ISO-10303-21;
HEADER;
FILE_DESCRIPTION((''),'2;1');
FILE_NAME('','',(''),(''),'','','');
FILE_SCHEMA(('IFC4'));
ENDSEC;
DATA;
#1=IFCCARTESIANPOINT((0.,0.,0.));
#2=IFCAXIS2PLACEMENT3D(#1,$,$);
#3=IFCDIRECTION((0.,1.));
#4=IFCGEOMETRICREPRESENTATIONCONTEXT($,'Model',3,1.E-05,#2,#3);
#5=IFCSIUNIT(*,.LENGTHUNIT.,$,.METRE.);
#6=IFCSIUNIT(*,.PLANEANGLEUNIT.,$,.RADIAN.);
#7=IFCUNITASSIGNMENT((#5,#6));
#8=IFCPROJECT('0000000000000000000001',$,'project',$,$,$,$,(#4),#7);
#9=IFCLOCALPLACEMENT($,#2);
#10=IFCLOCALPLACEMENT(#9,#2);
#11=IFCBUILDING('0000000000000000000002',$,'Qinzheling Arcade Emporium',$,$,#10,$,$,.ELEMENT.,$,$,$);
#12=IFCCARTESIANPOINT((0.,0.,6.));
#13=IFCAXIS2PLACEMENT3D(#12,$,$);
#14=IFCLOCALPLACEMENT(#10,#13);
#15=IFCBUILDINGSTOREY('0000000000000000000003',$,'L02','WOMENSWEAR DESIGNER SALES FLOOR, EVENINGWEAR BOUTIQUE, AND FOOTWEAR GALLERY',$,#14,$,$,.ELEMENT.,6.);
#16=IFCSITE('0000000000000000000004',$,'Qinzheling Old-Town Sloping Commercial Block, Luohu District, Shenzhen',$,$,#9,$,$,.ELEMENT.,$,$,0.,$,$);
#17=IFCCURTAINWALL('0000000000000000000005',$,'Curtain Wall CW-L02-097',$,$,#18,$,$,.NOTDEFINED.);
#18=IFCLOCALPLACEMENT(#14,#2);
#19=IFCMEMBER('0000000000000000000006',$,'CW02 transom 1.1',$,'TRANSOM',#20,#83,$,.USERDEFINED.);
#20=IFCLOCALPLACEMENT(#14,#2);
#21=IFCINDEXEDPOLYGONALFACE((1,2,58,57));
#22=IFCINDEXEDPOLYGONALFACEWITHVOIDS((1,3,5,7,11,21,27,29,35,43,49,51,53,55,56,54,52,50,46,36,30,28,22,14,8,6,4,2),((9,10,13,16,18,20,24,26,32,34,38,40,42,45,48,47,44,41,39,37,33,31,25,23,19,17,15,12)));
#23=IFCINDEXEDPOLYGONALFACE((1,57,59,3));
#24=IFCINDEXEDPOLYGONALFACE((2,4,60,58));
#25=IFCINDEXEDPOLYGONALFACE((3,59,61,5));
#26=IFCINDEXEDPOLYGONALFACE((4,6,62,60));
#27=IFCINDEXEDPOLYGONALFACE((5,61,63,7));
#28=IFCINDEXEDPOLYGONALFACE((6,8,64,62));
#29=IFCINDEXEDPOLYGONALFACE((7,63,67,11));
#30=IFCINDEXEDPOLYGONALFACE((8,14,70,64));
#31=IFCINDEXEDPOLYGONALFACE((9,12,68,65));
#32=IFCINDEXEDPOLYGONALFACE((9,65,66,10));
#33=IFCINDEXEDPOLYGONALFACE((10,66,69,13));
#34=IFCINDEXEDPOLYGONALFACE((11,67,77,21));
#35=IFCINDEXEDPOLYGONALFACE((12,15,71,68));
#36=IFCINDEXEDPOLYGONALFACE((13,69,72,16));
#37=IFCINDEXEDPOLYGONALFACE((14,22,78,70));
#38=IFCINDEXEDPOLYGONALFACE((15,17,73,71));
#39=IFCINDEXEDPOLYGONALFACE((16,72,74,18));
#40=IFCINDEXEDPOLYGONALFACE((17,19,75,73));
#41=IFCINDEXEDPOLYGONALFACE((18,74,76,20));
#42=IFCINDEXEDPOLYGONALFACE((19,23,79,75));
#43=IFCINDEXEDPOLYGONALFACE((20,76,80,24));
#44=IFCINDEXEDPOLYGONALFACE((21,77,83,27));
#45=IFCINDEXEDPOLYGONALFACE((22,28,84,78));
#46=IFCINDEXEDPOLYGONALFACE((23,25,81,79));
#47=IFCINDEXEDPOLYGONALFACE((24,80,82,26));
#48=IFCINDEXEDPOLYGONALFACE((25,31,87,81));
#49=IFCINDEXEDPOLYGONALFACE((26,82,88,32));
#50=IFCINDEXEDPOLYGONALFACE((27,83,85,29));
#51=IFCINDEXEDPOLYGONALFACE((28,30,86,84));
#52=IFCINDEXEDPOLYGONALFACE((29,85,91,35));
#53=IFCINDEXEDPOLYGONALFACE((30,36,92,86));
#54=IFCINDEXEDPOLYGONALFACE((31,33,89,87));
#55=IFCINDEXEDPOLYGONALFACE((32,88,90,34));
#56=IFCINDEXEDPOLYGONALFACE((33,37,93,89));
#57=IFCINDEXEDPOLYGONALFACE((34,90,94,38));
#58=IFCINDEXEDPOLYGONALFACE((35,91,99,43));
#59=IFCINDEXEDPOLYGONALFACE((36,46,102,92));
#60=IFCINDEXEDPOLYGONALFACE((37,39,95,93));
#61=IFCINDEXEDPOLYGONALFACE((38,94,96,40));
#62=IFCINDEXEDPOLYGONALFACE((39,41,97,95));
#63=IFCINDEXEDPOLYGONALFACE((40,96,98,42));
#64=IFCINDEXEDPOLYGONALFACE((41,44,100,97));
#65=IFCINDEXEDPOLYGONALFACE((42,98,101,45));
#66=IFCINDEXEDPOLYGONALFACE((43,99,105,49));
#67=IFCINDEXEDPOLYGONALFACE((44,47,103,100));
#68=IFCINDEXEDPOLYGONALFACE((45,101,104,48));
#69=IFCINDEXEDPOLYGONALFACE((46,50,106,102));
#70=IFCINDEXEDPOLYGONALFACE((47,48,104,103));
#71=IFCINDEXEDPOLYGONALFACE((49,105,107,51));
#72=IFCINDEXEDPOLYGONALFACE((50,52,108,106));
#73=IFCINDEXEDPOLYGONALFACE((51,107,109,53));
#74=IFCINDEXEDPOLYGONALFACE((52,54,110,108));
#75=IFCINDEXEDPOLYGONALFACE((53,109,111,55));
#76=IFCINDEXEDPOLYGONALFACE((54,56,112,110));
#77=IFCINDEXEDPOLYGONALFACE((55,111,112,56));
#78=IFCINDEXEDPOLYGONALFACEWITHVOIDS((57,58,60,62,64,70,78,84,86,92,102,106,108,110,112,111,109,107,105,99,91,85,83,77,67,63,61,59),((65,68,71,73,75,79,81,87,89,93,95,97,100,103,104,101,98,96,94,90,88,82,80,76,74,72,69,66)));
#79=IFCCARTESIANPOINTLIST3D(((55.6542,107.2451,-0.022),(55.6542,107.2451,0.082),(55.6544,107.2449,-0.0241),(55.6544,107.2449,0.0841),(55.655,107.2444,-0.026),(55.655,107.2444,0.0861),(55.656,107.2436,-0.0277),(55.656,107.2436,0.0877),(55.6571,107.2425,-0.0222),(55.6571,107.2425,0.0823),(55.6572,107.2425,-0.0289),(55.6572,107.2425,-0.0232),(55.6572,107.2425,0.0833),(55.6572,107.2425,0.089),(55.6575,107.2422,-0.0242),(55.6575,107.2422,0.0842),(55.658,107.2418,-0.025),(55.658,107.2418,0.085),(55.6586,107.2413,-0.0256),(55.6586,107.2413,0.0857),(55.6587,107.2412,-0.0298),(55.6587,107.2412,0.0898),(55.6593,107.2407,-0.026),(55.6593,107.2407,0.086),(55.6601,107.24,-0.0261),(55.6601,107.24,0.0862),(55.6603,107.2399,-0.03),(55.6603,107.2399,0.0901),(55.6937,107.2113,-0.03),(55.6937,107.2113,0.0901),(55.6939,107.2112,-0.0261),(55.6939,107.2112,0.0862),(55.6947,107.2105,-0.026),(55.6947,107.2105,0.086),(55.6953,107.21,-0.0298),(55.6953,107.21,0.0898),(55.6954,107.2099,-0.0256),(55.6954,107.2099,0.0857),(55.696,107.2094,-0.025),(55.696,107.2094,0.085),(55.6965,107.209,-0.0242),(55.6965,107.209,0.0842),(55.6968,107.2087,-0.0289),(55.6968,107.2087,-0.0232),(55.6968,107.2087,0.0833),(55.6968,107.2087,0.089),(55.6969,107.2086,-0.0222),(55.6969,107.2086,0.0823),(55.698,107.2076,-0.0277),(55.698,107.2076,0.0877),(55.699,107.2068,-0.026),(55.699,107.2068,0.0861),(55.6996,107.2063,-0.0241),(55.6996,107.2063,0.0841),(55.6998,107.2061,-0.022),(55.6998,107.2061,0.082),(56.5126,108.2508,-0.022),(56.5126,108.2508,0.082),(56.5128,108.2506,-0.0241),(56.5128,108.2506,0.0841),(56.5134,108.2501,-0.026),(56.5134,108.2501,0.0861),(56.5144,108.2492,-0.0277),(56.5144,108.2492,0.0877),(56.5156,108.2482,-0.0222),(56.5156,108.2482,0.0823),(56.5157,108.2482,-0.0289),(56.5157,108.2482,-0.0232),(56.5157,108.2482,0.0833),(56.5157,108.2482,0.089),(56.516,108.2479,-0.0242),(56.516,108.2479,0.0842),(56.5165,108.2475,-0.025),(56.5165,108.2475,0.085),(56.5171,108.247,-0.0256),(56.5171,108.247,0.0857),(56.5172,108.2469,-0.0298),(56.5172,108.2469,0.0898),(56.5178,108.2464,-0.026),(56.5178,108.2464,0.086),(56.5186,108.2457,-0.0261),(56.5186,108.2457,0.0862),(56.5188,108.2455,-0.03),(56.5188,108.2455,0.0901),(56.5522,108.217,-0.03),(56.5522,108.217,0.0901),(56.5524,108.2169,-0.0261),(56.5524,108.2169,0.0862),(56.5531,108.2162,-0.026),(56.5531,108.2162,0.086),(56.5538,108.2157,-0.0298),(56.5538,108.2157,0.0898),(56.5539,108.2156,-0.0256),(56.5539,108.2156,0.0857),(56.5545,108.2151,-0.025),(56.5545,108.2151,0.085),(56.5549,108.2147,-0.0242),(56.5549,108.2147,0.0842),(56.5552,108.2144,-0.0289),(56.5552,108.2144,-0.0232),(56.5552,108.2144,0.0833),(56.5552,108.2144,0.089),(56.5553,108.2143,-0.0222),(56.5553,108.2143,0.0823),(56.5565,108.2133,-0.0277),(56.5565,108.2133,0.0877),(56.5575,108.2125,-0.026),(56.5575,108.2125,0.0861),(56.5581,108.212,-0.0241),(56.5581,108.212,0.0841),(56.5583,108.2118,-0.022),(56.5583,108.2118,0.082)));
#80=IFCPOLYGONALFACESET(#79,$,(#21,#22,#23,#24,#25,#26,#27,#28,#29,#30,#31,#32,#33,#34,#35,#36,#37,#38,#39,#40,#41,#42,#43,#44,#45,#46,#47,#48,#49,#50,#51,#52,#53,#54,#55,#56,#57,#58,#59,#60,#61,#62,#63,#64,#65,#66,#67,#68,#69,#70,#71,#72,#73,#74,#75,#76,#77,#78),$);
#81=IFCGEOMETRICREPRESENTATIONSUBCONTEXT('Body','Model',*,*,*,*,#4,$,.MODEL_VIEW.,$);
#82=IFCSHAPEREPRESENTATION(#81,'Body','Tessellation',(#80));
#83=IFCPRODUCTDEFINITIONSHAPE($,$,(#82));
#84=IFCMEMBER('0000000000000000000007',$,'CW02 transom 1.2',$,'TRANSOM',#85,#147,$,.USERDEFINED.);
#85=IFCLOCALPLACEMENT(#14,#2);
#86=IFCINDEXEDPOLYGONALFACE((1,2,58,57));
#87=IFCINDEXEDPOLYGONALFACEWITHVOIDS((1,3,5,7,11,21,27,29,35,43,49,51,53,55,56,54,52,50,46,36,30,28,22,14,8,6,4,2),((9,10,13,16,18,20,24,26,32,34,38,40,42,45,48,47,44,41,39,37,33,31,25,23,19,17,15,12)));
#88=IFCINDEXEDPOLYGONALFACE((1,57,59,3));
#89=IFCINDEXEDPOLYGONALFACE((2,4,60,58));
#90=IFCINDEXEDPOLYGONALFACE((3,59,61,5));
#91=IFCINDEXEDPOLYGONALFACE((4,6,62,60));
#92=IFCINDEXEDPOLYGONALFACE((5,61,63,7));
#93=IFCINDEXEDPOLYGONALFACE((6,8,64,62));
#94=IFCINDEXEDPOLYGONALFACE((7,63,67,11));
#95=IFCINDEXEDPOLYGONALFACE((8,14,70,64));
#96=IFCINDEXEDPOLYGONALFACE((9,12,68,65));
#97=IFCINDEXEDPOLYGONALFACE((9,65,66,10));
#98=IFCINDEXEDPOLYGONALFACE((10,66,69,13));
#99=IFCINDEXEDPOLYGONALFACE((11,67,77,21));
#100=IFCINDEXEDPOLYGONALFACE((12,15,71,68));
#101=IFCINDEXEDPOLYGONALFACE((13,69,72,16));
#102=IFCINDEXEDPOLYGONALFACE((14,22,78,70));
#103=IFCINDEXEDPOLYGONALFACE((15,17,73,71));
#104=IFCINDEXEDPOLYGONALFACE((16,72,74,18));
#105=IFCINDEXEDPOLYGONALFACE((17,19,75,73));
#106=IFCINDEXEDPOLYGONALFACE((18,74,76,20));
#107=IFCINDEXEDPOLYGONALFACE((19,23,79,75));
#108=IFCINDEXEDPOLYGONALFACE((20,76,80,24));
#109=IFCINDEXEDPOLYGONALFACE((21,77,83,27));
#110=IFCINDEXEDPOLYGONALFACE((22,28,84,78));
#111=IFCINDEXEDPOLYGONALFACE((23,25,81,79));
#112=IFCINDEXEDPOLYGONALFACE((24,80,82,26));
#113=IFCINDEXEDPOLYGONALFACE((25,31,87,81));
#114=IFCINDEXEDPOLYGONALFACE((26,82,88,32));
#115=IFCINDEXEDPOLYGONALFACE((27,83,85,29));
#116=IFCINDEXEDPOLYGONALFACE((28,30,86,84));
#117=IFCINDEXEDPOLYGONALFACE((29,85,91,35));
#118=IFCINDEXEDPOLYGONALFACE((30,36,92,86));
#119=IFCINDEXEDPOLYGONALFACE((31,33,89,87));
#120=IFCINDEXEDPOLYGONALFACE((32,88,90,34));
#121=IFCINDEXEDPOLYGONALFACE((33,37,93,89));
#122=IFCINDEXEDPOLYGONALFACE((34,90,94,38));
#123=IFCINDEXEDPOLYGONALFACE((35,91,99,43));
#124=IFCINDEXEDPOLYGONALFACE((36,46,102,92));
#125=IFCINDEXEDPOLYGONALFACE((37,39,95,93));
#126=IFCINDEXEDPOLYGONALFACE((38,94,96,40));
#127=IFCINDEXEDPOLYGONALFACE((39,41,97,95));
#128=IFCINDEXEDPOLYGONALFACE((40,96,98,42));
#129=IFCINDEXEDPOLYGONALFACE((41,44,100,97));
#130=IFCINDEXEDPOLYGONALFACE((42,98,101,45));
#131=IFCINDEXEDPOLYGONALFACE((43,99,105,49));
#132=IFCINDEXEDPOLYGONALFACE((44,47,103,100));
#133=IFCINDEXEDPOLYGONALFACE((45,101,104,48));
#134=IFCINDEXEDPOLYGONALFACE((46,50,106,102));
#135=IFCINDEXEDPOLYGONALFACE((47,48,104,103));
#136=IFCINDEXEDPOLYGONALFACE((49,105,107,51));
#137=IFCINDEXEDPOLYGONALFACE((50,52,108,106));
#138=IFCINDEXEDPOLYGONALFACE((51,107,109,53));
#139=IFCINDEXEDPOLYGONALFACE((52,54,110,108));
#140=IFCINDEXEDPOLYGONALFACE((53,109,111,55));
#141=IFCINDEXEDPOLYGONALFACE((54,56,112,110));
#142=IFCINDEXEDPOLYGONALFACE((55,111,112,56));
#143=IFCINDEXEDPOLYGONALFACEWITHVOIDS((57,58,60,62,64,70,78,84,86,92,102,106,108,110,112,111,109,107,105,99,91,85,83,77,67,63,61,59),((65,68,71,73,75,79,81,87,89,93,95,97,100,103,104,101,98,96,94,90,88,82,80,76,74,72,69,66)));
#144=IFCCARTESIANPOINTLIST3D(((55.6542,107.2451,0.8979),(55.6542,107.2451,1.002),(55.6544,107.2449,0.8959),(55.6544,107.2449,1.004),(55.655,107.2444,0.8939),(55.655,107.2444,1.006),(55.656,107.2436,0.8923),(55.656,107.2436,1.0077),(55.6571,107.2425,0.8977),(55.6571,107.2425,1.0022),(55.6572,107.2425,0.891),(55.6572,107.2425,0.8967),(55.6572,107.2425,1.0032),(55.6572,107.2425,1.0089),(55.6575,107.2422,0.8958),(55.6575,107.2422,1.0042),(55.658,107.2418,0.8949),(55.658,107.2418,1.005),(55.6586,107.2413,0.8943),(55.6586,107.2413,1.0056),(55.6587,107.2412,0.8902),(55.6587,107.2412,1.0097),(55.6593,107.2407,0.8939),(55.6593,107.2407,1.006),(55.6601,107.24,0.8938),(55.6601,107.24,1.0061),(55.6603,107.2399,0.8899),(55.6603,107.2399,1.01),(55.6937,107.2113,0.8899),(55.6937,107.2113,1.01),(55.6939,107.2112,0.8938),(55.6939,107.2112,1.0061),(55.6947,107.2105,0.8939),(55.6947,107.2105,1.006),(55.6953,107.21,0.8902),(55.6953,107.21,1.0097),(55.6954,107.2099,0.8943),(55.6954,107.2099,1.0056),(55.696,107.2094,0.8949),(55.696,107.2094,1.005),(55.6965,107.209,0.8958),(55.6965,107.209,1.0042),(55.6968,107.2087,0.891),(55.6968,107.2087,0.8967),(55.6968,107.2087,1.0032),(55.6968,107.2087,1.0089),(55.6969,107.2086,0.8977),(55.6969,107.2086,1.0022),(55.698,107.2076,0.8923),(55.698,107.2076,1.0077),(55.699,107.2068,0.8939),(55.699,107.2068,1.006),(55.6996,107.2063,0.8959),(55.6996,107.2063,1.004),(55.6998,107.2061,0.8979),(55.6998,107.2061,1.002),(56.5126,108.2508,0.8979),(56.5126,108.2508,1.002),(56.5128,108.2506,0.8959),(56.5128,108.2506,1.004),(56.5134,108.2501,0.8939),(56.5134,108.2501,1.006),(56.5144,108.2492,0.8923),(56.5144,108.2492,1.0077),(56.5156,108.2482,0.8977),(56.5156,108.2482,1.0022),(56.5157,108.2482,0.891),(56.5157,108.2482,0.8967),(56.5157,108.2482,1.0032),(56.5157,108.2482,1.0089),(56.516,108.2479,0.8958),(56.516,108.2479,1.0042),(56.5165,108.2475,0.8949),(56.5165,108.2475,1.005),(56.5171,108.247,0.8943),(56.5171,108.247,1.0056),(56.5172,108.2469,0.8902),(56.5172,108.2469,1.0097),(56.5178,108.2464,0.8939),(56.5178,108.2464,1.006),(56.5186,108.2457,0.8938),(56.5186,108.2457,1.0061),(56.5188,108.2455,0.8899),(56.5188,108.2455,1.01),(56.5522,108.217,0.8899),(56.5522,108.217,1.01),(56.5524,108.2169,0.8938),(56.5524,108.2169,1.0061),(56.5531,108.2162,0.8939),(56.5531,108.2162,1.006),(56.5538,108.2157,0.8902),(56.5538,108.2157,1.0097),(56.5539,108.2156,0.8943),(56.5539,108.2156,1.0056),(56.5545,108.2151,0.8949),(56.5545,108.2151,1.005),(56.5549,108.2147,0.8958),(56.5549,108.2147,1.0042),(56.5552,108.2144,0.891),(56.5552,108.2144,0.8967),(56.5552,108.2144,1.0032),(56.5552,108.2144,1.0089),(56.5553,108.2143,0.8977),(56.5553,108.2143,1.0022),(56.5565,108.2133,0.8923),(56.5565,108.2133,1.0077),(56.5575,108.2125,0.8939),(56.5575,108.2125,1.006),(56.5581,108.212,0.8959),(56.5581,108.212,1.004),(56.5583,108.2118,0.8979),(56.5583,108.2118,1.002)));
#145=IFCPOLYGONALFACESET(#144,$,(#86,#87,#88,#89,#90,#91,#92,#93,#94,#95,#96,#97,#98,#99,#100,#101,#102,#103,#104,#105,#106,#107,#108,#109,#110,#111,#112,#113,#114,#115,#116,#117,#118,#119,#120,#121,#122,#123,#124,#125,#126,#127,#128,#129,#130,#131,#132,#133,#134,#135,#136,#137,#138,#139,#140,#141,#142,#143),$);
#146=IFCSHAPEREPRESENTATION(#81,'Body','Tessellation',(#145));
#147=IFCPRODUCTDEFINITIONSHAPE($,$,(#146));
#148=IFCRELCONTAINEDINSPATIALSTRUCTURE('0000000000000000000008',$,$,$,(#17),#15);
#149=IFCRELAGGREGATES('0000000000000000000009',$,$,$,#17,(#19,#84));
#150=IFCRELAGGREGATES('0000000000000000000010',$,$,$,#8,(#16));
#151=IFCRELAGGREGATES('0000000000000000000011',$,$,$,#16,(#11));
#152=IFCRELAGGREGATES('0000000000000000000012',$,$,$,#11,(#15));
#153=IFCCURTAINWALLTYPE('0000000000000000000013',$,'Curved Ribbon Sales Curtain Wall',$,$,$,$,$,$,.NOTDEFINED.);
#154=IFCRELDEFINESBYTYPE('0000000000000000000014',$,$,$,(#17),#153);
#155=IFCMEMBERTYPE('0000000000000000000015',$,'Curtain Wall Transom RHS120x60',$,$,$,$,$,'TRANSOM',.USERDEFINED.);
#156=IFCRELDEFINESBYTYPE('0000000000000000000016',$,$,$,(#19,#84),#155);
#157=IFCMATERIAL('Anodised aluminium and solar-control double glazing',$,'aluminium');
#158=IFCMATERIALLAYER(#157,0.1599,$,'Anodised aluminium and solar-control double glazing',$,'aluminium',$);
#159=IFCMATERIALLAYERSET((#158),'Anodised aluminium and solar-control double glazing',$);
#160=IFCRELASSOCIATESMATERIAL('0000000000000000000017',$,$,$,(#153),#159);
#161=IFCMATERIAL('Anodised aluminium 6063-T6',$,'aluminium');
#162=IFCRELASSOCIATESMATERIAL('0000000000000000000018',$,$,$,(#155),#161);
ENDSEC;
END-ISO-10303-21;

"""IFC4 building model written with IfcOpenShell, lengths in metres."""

from ifc_helpers import new_model, si_unit, direction, frame, origin, origin_2d, place, context, subcontext, project, spatial, hollow_rectangle, extrude, material, layer, layer_set, material_profile, profile_set, type_object, element, aggregate, save


model = new_model("IFC4")

# Units and contexts
model_context = context("Model", 3, precision=1e-05, world=origin(), true_north=direction((0.0, 1.0)))
body_context = subcontext(model_context, "Body", "Model", "MODEL_VIEW")
ifc_project = project(units=[si_unit("LENGTHUNIT", "METRE"), si_unit("PLANEANGLEUNIT", "RADIAN")], contexts=[model_context])

# Site, building, storey
site_placement = place(None, origin())
site = spatial("IfcSite", under=ifc_project, at=site_placement, Name="Qinzheling Old-Town Sloping Commercial Block, Luohu District, Shenzhen", CompositionType="ELEMENT", RefElevation=0.0)
building_placement = place(site_placement, origin())
building = spatial("IfcBuilding", under=site, at=building_placement, Name="Qinzheling Arcade Emporium", CompositionType="ELEMENT")
storey_placement = place(building_placement, frame((0.0, 0.0, 6.0)))
storey = spatial("IfcBuildingStorey", under=building, at=storey_placement, Name="L02", Description="WOMENSWEAR DESIGNER SALES FLOOR, EVENINGWEAR BOUTIQUE, AND FOOTWEAR GALLERY", CompositionType="ELEMENT", Elevation=6.0)

# Shared definitions
ifc_material_1 = material(Name="Anodised aluminium and solar-control double glazing", Category="aluminium")
ifc_layer_1 = layer(ifc_material_1, 0.1599, Name="Anodised aluminium and solar-control double glazing", Category="aluminium")
ifc_layer_set_1 = layer_set([ifc_layer_1], Name="Anodised aluminium and solar-control double glazing")
curtain_wall_type = type_object("IfcCurtainWallType", Name="Curved Ribbon Sales Curtain Wall", PredefinedType="NOTDEFINED", material=ifc_layer_set_1)
ifc_material_2 = material(Name="Anodised aluminium 6063-T6", Category="aluminium")

# Curtain wall
curtain_wall_1_placement = place(storey_placement, origin())
curtain_wall_1 = element("IfcCurtainWall", 1, at=curtain_wall_1_placement, inside=storey, type_object=curtain_wall_type, Name="Curtain Wall CW-L02-097", PredefinedType="NOTDEFINED")

# Members
ifc_material_profile_1 = material_profile(ifc_material_2, hollow_rectangle(XDim=0.0601, YDim=0.1201, WallThickness=0.0039, InnerFilletRadius=0.0039, OuterFilletRadius=0.0081, at=origin_2d()), Name="RHS 120x60x4", Category="aluminium")
ifc_profile_set_1 = profile_set([ifc_material_profile_1], Name="Anodised aluminium 6063-T6")
member_type_1 = type_object("IfcMemberType", Name="Curtain Wall Transom RHS120x60", ElementType="TRANSOM", PredefinedType="USERDEFINED", material=ifc_profile_set_1)
member_1_placement = place(storey_placement, frame((55.677, 107.2256, 0.03), z_axis=(0.649239, 0.760585, 0.0), x_axis=(-0.760585, 0.649239, 0.0)))
member_1 = element("IfcMember", 2, at=member_1_placement, type_object=member_type_1, Name="CW02 transom 1.1", ObjectType="TRANSOM", PredefinedType="USERDEFINED", context=body_context, shape_type="SweptSolid", body=[
    extrude(hollow_rectangle(XDim=0.0601, YDim=0.1201, WallThickness=0.0039, InnerFilletRadius=0.0039, OuterFilletRadius=0.0081, at=origin_2d()), origin(), (0.0, 0.0, 1.0), 1.3223),
])
member_2_placement = place(storey_placement, frame((55.677, 107.2256, 0.95), z_axis=(0.649239, 0.760585, 0.0), x_axis=(-0.760585, 0.649239, 0.0)))
member_2 = element("IfcMember", 3, at=member_2_placement, type_object=member_type_1, Name="CW02 transom 1.2", ObjectType="TRANSOM", PredefinedType="USERDEFINED", context=body_context, shape_type="SweptSolid", body=[
    extrude(hollow_rectangle(XDim=0.0601, YDim=0.1201, WallThickness=0.0039, InnerFilletRadius=0.0039, OuterFilletRadius=0.0081, at=origin_2d()), origin(), (0.0, 0.0, 1.0), 1.3223),
])

aggregate(curtain_wall_1, [member_1, member_2])

save(model, "model.ifc")
